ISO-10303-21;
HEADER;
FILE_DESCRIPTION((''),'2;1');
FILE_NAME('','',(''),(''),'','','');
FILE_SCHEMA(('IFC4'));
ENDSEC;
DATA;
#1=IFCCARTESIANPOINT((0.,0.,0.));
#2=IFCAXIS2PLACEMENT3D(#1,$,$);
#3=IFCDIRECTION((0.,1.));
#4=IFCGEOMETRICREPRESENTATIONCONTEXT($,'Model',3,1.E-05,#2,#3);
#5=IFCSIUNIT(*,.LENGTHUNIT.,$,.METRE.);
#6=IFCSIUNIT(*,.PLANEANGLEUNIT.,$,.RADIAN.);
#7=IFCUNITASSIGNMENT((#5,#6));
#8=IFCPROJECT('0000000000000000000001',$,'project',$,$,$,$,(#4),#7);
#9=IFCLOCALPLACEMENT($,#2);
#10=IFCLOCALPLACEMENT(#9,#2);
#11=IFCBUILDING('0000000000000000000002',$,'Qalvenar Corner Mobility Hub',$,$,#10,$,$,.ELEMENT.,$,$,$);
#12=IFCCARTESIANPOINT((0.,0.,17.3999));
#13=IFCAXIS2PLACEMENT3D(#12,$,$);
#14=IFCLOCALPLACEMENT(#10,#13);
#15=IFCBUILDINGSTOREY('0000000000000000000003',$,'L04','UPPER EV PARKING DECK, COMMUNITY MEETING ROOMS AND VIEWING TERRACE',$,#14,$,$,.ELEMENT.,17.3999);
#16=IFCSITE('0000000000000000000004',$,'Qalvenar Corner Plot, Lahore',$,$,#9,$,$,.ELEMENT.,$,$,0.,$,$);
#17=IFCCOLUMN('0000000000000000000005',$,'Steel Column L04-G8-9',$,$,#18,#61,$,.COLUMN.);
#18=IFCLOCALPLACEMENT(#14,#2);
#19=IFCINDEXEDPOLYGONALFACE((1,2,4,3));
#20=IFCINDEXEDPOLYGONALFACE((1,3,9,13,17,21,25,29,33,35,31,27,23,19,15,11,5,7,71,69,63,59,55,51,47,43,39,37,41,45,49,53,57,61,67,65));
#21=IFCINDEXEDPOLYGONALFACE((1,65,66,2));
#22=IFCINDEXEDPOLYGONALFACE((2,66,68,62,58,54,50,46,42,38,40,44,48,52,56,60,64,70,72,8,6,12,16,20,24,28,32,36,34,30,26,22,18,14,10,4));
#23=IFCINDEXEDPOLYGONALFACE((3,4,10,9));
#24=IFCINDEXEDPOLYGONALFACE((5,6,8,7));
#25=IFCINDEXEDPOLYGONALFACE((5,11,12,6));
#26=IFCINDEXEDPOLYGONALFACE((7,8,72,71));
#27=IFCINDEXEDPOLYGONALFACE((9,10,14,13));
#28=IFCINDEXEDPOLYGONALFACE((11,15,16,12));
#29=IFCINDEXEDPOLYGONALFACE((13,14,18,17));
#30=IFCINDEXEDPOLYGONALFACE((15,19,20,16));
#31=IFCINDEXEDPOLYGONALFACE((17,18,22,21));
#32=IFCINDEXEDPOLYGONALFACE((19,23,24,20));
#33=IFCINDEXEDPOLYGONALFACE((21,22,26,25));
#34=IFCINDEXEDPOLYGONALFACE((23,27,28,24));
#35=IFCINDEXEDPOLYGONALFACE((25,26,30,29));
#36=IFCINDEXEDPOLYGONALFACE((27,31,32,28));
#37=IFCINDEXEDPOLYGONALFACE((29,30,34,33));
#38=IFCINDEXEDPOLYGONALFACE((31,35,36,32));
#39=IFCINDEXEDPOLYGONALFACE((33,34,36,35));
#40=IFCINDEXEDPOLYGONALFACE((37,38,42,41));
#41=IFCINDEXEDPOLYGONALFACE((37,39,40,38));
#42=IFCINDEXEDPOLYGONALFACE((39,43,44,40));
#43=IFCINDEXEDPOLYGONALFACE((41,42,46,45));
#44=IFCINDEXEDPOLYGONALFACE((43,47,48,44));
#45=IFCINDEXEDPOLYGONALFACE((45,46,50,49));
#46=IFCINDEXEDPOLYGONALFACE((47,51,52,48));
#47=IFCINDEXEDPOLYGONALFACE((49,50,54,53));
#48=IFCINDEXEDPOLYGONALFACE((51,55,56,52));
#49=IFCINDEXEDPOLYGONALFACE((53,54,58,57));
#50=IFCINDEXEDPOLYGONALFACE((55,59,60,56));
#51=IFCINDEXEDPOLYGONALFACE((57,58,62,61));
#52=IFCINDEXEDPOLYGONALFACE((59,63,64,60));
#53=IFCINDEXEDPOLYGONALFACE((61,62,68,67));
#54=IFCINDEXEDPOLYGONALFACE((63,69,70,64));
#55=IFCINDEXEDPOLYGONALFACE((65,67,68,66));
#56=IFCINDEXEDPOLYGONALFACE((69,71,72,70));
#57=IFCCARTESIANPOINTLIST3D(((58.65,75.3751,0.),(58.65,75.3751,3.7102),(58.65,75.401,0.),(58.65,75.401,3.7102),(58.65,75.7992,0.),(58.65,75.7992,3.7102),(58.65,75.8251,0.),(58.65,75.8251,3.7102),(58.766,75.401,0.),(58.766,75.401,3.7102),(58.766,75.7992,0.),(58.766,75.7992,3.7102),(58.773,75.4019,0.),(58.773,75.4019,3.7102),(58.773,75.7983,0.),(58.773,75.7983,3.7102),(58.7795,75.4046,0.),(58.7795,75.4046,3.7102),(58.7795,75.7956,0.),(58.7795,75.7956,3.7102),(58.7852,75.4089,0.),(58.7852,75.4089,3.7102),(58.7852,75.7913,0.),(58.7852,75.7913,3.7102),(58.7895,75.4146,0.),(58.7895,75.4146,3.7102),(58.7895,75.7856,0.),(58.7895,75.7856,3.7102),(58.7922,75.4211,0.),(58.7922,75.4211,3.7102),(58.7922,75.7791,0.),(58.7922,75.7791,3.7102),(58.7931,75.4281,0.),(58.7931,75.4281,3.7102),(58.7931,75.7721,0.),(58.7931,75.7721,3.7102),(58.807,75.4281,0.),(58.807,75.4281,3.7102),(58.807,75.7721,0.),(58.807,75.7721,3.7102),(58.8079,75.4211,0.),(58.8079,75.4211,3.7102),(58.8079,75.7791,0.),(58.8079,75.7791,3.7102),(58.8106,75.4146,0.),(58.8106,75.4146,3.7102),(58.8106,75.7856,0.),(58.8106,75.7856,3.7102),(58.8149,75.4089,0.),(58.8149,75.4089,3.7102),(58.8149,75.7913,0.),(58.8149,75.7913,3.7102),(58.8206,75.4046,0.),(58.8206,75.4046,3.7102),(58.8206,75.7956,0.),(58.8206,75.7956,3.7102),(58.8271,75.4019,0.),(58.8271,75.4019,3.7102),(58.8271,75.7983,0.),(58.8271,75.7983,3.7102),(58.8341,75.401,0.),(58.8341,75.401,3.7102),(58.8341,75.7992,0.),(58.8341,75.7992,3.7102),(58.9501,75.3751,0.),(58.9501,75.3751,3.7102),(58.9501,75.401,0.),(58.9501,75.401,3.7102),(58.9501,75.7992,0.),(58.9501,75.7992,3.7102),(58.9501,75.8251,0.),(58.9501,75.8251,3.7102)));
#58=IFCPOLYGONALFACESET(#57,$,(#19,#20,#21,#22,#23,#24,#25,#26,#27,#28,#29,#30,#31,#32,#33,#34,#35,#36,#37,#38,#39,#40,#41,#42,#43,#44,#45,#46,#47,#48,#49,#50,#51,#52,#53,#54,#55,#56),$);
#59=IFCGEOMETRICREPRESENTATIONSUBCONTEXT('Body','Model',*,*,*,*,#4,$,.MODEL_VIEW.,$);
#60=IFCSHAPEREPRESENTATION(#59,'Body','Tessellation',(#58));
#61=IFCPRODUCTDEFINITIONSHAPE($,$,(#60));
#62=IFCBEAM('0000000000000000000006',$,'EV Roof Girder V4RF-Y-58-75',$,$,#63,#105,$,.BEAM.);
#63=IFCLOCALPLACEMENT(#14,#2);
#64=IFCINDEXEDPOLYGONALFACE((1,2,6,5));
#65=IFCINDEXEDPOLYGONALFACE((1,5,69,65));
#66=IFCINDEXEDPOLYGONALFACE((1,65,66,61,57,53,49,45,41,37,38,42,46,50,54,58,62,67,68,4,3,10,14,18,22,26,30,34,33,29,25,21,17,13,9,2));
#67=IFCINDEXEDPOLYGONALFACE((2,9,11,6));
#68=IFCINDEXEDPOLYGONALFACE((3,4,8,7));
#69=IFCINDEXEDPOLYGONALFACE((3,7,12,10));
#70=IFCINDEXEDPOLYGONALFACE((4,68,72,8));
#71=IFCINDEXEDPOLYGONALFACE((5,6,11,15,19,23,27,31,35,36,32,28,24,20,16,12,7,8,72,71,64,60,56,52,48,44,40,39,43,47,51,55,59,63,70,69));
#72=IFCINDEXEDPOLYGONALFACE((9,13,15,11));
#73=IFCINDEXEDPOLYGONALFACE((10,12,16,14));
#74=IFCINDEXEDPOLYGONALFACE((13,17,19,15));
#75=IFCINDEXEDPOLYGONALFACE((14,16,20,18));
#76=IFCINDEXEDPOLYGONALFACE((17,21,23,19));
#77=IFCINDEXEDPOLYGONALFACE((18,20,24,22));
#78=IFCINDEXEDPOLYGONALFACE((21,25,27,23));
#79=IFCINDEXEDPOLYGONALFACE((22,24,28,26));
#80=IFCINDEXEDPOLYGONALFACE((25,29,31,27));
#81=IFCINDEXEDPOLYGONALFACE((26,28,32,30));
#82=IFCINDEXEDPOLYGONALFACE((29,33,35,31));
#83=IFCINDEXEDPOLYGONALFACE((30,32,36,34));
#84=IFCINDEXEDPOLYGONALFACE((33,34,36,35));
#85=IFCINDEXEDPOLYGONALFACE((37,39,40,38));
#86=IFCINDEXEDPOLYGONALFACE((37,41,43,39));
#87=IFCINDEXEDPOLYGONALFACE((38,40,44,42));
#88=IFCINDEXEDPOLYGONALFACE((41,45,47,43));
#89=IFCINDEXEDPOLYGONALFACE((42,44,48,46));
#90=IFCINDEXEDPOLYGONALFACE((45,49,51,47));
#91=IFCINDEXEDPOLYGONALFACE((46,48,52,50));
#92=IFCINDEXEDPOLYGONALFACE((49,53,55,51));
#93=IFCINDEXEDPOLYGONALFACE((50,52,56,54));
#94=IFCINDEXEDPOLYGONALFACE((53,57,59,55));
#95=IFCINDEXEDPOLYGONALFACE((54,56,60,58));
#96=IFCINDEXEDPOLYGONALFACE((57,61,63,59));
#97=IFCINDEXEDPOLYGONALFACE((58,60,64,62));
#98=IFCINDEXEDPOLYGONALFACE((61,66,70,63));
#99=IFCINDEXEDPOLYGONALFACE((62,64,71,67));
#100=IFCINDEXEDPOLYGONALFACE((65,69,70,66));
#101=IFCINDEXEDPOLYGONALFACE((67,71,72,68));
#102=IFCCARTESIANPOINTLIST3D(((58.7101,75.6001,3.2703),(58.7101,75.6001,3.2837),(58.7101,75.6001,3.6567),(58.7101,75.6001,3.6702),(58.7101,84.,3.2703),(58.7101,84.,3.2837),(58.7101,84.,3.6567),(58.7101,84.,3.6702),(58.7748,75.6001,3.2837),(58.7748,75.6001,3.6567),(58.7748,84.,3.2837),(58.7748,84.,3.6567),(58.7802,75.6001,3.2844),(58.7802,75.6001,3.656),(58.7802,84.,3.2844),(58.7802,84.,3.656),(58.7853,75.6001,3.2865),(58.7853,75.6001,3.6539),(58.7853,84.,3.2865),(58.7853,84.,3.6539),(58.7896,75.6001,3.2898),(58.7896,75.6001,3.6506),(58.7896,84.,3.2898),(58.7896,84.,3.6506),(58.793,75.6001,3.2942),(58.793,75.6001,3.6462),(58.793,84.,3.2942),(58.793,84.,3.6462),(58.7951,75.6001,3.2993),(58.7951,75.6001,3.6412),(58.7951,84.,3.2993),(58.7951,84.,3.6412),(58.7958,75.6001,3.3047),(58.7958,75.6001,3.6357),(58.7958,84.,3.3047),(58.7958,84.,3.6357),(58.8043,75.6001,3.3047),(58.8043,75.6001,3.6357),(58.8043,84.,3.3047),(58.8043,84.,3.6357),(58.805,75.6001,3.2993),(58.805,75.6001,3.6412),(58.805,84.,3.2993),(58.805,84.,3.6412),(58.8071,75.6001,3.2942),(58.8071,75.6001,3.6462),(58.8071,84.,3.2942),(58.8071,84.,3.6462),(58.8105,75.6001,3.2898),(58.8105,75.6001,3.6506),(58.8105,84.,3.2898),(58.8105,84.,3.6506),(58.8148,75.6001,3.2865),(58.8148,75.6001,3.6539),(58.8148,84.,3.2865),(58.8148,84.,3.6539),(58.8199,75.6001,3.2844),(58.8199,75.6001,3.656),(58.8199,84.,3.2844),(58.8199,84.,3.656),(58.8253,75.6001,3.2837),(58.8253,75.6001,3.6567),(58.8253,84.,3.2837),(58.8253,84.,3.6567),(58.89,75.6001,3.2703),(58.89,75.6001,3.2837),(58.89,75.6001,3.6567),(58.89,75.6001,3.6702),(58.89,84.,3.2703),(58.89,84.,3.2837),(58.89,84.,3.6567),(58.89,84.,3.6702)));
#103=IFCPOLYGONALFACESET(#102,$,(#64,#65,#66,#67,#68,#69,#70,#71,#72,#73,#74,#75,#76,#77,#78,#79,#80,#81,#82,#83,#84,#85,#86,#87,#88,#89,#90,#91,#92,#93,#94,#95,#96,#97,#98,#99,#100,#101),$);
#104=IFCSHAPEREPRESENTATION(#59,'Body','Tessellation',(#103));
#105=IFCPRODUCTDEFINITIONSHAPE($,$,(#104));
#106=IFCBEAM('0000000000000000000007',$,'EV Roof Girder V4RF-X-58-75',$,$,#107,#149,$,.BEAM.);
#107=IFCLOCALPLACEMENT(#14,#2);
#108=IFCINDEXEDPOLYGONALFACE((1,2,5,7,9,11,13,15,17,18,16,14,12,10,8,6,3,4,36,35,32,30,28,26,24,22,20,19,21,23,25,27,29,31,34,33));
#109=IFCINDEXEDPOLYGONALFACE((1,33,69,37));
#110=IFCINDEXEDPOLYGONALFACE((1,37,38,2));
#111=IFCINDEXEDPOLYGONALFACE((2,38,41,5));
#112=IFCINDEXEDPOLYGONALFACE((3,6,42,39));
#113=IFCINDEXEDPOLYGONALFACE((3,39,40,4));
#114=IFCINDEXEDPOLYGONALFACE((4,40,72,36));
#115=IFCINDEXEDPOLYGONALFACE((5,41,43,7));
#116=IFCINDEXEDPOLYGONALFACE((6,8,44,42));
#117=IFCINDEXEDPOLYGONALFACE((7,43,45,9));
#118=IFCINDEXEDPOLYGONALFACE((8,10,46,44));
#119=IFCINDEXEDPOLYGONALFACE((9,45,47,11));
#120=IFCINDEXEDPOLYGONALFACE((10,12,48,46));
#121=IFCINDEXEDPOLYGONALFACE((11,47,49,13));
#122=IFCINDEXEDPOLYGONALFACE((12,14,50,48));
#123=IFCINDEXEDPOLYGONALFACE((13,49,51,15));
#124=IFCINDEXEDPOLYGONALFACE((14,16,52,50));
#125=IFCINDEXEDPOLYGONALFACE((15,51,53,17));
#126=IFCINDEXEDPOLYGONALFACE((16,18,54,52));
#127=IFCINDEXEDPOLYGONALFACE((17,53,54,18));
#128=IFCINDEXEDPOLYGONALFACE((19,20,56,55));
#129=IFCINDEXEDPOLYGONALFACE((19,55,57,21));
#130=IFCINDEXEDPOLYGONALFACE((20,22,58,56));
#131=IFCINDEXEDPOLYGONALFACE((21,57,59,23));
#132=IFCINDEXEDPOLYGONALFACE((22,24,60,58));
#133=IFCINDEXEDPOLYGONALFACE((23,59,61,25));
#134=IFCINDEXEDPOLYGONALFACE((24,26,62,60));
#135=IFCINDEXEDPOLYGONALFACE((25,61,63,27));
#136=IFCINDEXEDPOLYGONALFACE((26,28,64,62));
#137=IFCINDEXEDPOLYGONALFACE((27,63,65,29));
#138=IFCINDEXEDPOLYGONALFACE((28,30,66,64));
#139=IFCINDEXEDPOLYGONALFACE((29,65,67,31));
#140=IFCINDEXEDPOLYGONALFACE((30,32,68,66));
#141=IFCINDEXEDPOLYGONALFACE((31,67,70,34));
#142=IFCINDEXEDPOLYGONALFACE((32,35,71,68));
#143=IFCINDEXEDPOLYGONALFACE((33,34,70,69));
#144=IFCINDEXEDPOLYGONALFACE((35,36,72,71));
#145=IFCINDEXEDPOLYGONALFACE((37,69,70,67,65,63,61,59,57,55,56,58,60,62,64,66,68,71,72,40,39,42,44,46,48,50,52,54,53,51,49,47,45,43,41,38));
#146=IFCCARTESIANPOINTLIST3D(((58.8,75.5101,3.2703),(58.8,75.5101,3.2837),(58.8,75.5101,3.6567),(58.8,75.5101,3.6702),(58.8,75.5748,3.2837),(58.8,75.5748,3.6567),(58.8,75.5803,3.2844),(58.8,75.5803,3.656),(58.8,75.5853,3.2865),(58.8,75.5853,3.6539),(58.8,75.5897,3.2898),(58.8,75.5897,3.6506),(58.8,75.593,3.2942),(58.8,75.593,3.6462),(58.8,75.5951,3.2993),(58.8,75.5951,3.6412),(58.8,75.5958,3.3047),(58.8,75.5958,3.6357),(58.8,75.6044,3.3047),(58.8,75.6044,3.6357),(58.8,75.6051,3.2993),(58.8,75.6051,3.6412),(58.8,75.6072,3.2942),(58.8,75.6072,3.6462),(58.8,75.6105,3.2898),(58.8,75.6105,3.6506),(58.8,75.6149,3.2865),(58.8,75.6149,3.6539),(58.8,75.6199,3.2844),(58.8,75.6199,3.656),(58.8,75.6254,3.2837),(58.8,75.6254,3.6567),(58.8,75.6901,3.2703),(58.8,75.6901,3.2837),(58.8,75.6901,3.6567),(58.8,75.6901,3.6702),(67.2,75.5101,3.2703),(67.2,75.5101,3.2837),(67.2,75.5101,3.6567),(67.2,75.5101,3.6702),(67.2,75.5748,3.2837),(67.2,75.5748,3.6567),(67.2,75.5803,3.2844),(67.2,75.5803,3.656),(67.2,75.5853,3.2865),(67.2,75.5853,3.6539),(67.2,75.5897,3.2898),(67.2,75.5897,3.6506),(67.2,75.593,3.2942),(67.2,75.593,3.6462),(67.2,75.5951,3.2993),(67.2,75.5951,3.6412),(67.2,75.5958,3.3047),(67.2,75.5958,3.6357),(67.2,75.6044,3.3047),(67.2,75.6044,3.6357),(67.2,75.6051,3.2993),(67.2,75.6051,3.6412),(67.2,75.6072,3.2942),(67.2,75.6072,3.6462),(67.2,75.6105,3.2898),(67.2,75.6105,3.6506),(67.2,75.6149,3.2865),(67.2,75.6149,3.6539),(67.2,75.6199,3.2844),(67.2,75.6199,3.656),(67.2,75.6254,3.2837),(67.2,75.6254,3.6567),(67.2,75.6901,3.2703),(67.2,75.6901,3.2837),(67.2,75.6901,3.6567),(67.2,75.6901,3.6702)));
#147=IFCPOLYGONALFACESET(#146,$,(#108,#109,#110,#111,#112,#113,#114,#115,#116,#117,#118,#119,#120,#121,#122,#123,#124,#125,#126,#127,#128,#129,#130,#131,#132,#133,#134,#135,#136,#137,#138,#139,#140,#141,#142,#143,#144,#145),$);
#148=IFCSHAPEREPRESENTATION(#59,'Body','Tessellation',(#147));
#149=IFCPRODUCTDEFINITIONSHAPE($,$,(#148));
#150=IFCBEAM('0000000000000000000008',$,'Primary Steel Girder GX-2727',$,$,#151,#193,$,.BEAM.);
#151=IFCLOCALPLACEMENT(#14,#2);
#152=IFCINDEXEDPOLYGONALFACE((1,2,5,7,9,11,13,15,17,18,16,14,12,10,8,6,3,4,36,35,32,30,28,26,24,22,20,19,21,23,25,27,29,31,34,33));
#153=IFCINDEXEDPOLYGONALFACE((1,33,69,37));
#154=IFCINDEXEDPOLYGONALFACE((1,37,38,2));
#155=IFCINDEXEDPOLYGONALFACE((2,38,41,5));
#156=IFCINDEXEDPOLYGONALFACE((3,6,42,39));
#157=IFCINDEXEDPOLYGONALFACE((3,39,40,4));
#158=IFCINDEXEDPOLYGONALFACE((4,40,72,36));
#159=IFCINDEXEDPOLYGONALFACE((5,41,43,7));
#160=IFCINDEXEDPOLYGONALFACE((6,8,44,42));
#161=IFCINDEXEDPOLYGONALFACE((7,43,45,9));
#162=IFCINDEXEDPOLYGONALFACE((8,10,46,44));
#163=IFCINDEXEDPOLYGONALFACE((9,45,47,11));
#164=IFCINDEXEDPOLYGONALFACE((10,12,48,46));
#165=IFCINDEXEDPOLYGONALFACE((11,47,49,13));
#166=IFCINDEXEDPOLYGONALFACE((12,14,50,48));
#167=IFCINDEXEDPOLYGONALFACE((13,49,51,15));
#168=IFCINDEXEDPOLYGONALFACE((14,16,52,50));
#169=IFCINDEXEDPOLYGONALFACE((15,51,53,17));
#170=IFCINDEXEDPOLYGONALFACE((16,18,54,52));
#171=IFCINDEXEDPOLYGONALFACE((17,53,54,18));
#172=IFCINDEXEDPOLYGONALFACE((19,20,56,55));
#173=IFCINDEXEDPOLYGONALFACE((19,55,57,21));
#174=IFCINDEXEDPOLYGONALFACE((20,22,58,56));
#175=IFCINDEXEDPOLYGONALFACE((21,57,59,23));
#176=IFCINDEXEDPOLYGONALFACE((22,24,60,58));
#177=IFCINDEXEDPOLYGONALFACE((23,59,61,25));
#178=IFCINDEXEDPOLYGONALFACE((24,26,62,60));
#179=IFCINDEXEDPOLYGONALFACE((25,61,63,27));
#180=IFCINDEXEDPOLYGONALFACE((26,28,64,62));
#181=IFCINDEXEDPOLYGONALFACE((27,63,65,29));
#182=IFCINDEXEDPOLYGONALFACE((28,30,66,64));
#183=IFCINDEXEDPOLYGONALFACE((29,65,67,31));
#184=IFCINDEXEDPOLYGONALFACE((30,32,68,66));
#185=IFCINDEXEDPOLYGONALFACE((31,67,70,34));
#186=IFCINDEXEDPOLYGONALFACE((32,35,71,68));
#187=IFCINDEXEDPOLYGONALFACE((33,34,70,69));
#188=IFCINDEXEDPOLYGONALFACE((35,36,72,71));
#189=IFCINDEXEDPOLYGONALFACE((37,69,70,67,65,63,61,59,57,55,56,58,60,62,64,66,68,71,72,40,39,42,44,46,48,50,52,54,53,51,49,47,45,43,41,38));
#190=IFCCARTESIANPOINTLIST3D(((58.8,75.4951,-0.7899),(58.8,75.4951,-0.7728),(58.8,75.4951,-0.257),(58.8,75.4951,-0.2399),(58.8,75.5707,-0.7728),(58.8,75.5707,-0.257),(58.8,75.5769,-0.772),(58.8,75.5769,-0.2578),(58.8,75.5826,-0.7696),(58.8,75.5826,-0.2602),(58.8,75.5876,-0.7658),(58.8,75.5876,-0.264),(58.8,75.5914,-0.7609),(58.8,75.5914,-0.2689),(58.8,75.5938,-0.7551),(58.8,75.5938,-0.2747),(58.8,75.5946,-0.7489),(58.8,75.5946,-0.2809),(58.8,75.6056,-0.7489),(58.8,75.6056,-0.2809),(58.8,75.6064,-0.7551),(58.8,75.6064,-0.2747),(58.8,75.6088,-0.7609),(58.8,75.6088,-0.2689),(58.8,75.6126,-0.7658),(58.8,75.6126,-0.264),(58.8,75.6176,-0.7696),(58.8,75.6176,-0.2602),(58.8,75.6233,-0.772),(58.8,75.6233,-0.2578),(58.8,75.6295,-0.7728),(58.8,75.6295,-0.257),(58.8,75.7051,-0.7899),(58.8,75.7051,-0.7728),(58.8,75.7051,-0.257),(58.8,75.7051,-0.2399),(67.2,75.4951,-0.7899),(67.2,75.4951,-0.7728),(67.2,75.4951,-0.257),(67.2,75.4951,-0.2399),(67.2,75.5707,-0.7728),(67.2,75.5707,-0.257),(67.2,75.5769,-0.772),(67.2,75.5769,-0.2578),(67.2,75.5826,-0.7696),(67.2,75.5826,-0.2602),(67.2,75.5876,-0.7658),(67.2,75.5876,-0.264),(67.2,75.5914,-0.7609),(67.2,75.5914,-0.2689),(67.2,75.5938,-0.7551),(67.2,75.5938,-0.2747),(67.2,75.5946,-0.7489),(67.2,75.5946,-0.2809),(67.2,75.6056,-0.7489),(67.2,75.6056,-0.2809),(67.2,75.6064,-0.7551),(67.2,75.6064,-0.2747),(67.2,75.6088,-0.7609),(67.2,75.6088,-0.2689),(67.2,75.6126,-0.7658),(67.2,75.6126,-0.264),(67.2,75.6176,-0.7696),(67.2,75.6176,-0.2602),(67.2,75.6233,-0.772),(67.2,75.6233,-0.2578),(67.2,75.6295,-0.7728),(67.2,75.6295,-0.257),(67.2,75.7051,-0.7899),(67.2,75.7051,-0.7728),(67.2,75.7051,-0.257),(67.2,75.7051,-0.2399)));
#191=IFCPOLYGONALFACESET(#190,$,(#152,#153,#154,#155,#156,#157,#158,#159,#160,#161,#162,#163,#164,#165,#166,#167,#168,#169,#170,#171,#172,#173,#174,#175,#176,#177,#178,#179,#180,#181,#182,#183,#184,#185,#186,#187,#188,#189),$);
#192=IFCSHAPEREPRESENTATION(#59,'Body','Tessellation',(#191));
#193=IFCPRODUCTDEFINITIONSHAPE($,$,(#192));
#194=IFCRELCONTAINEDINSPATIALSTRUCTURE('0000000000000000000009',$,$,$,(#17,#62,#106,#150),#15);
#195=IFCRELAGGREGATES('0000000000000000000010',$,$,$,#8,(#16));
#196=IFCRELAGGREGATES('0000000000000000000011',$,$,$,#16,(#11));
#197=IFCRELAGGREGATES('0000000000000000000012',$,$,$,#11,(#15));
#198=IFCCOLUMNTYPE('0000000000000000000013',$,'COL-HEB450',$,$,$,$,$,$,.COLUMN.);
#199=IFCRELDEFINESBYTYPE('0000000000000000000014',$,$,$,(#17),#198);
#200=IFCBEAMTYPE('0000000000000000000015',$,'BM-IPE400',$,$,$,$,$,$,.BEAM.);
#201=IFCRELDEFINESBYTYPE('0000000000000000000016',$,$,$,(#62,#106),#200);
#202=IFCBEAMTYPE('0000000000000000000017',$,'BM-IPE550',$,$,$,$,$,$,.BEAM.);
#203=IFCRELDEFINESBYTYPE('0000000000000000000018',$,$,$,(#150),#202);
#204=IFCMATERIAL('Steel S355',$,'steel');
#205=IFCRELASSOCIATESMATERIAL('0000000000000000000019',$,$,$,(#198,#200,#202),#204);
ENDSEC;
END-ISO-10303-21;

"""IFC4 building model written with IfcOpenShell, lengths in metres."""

from ifc_helpers import new_model, si_unit, direction, frame, origin, origin_2d, place, context, subcontext, project, spatial, i_section, extrude, material, material_profile, profile_set, type_object, element, save


model = new_model("IFC4")

# Units and contexts
model_context = context("Model", 3, precision=1e-05, world=origin(), true_north=direction((0.0, 1.0)))
body_context = subcontext(model_context, "Body", "Model", "MODEL_VIEW")
ifc_project = project(units=[si_unit("LENGTHUNIT", "METRE"), si_unit("PLANEANGLEUNIT", "RADIAN")], contexts=[model_context])

# Site, building, storey
site_placement = place(None, origin())
site = spatial("IfcSite", under=ifc_project, at=site_placement, Name="Qalvenar Corner Plot, Lahore", CompositionType="ELEMENT", RefElevation=0.0)
building_placement = place(site_placement, origin())
building = spatial("IfcBuilding", under=site, at=building_placement, Name="Qalvenar Corner Mobility Hub", CompositionType="ELEMENT")
storey_placement = place(building_placement, frame((0.0, 0.0, 17.3999)))
storey = spatial("IfcBuildingStorey", under=building, at=storey_placement, Name="L04", Description="UPPER EV PARKING DECK, COMMUNITY MEETING ROOMS AND VIEWING TERRACE", CompositionType="ELEMENT", Elevation=17.3999)

# Column
ifc_material_1 = material(Name="Steel S355", Category="steel")
ifc_material_profile_1 = material_profile(ifc_material_1, i_section(OverallWidth=0.3, OverallDepth=0.45, WebThickness=0.0139, FlangeThickness=0.0259, FilletRadius=0.0271, at=origin_2d()), Name="HEB450")
ifc_profile_set_1 = profile_set([ifc_material_profile_1], Name="Steel S355")
column_type = type_object("IfcColumnType", Name="COL-HEB450", PredefinedType="COLUMN", material=ifc_profile_set_1)
column_placement = place(storey_placement, frame((58.8, 75.6001, 0.0), z_axis=(0.0, 0.0, 1.0), x_axis=(1.0, 0.0, 0.0)))
element("IfcColumn", 1, at=column_placement, inside=storey, type_object=column_type, Name="Steel Column L04-G8-9", PredefinedType="COLUMN", context=body_context, shape_type="SweptSolid", body=[
    extrude(i_section(OverallWidth=0.3, OverallDepth=0.45, WebThickness=0.0139, FlangeThickness=0.0259, FilletRadius=0.0271, at=origin_2d()), origin(), (0.0, 0.0, 1.0), 3.7102),
])

# Beams
ifc_material_profile_2 = material_profile(ifc_material_1, i_section(OverallWidth=0.1799, OverallDepth=0.3999, WebThickness=0.0085, FlangeThickness=0.0134, FilletRadius=0.021, at=origin_2d()), Name="IPE400")
ifc_profile_set_2 = profile_set([ifc_material_profile_2], Name="Steel S355")
beam_type_1 = type_object("IfcBeamType", Name="BM-IPE400", PredefinedType="BEAM", material=ifc_profile_set_2)
for number, where, z_axis, x_axis, name in (
    (2, (58.8, 75.6001, 3.4702), (0.0, 1.0, 0.0), (-1.0, 0.0, 0.0), "EV Roof Girder V4RF-Y-58-75"),
    (3, (58.8, 75.6001, 3.4702), (1.0, 0.0, 0.0), (0.0, 1.0, 0.0), "EV Roof Girder V4RF-X-58-75"),
):
    element("IfcBeam", number, at=place(storey_placement, frame(where, z_axis=z_axis, x_axis=x_axis)), inside=storey, type_object=beam_type_1, Name=name, PredefinedType="BEAM", context=body_context, shape_type="SweptSolid", body=[
        extrude(i_section(OverallWidth=0.1799, OverallDepth=0.3999, WebThickness=0.0085, FlangeThickness=0.0134, FilletRadius=0.021, at=origin_2d()), origin(), (0.0, 0.0, 1.0), 8.3999),
    ])
ifc_material_profile_3 = material_profile(ifc_material_1, i_section(OverallWidth=0.21, OverallDepth=0.55, WebThickness=0.011, FlangeThickness=0.0171, FilletRadius=0.0239, at=origin_2d()), Name="IPE550")
ifc_profile_set_3 = profile_set([ifc_material_profile_3], Name="Steel S355")
beam_type_2 = type_object("IfcBeamType", Name="BM-IPE550", PredefinedType="BEAM", material=ifc_profile_set_3)
beam_1_placement = place(storey_placement, frame((58.8, 75.6001, -0.5149), z_axis=(1.0, 0.0, 0.0), x_axis=(0.0, 1.0, 0.0)))
element("IfcBeam", 4, at=beam_1_placement, inside=storey, type_object=beam_type_2, Name="Primary Steel Girder GX-2727", PredefinedType="BEAM", context=body_context, shape_type="SweptSolid", body=[
    extrude(i_section(OverallWidth=0.21, OverallDepth=0.55, WebThickness=0.011, FlangeThickness=0.0171, FilletRadius=0.0239, at=origin_2d()), origin(), (0.0, 0.0, 1.0), 8.3999),
])

save(model, "model.ifc")
